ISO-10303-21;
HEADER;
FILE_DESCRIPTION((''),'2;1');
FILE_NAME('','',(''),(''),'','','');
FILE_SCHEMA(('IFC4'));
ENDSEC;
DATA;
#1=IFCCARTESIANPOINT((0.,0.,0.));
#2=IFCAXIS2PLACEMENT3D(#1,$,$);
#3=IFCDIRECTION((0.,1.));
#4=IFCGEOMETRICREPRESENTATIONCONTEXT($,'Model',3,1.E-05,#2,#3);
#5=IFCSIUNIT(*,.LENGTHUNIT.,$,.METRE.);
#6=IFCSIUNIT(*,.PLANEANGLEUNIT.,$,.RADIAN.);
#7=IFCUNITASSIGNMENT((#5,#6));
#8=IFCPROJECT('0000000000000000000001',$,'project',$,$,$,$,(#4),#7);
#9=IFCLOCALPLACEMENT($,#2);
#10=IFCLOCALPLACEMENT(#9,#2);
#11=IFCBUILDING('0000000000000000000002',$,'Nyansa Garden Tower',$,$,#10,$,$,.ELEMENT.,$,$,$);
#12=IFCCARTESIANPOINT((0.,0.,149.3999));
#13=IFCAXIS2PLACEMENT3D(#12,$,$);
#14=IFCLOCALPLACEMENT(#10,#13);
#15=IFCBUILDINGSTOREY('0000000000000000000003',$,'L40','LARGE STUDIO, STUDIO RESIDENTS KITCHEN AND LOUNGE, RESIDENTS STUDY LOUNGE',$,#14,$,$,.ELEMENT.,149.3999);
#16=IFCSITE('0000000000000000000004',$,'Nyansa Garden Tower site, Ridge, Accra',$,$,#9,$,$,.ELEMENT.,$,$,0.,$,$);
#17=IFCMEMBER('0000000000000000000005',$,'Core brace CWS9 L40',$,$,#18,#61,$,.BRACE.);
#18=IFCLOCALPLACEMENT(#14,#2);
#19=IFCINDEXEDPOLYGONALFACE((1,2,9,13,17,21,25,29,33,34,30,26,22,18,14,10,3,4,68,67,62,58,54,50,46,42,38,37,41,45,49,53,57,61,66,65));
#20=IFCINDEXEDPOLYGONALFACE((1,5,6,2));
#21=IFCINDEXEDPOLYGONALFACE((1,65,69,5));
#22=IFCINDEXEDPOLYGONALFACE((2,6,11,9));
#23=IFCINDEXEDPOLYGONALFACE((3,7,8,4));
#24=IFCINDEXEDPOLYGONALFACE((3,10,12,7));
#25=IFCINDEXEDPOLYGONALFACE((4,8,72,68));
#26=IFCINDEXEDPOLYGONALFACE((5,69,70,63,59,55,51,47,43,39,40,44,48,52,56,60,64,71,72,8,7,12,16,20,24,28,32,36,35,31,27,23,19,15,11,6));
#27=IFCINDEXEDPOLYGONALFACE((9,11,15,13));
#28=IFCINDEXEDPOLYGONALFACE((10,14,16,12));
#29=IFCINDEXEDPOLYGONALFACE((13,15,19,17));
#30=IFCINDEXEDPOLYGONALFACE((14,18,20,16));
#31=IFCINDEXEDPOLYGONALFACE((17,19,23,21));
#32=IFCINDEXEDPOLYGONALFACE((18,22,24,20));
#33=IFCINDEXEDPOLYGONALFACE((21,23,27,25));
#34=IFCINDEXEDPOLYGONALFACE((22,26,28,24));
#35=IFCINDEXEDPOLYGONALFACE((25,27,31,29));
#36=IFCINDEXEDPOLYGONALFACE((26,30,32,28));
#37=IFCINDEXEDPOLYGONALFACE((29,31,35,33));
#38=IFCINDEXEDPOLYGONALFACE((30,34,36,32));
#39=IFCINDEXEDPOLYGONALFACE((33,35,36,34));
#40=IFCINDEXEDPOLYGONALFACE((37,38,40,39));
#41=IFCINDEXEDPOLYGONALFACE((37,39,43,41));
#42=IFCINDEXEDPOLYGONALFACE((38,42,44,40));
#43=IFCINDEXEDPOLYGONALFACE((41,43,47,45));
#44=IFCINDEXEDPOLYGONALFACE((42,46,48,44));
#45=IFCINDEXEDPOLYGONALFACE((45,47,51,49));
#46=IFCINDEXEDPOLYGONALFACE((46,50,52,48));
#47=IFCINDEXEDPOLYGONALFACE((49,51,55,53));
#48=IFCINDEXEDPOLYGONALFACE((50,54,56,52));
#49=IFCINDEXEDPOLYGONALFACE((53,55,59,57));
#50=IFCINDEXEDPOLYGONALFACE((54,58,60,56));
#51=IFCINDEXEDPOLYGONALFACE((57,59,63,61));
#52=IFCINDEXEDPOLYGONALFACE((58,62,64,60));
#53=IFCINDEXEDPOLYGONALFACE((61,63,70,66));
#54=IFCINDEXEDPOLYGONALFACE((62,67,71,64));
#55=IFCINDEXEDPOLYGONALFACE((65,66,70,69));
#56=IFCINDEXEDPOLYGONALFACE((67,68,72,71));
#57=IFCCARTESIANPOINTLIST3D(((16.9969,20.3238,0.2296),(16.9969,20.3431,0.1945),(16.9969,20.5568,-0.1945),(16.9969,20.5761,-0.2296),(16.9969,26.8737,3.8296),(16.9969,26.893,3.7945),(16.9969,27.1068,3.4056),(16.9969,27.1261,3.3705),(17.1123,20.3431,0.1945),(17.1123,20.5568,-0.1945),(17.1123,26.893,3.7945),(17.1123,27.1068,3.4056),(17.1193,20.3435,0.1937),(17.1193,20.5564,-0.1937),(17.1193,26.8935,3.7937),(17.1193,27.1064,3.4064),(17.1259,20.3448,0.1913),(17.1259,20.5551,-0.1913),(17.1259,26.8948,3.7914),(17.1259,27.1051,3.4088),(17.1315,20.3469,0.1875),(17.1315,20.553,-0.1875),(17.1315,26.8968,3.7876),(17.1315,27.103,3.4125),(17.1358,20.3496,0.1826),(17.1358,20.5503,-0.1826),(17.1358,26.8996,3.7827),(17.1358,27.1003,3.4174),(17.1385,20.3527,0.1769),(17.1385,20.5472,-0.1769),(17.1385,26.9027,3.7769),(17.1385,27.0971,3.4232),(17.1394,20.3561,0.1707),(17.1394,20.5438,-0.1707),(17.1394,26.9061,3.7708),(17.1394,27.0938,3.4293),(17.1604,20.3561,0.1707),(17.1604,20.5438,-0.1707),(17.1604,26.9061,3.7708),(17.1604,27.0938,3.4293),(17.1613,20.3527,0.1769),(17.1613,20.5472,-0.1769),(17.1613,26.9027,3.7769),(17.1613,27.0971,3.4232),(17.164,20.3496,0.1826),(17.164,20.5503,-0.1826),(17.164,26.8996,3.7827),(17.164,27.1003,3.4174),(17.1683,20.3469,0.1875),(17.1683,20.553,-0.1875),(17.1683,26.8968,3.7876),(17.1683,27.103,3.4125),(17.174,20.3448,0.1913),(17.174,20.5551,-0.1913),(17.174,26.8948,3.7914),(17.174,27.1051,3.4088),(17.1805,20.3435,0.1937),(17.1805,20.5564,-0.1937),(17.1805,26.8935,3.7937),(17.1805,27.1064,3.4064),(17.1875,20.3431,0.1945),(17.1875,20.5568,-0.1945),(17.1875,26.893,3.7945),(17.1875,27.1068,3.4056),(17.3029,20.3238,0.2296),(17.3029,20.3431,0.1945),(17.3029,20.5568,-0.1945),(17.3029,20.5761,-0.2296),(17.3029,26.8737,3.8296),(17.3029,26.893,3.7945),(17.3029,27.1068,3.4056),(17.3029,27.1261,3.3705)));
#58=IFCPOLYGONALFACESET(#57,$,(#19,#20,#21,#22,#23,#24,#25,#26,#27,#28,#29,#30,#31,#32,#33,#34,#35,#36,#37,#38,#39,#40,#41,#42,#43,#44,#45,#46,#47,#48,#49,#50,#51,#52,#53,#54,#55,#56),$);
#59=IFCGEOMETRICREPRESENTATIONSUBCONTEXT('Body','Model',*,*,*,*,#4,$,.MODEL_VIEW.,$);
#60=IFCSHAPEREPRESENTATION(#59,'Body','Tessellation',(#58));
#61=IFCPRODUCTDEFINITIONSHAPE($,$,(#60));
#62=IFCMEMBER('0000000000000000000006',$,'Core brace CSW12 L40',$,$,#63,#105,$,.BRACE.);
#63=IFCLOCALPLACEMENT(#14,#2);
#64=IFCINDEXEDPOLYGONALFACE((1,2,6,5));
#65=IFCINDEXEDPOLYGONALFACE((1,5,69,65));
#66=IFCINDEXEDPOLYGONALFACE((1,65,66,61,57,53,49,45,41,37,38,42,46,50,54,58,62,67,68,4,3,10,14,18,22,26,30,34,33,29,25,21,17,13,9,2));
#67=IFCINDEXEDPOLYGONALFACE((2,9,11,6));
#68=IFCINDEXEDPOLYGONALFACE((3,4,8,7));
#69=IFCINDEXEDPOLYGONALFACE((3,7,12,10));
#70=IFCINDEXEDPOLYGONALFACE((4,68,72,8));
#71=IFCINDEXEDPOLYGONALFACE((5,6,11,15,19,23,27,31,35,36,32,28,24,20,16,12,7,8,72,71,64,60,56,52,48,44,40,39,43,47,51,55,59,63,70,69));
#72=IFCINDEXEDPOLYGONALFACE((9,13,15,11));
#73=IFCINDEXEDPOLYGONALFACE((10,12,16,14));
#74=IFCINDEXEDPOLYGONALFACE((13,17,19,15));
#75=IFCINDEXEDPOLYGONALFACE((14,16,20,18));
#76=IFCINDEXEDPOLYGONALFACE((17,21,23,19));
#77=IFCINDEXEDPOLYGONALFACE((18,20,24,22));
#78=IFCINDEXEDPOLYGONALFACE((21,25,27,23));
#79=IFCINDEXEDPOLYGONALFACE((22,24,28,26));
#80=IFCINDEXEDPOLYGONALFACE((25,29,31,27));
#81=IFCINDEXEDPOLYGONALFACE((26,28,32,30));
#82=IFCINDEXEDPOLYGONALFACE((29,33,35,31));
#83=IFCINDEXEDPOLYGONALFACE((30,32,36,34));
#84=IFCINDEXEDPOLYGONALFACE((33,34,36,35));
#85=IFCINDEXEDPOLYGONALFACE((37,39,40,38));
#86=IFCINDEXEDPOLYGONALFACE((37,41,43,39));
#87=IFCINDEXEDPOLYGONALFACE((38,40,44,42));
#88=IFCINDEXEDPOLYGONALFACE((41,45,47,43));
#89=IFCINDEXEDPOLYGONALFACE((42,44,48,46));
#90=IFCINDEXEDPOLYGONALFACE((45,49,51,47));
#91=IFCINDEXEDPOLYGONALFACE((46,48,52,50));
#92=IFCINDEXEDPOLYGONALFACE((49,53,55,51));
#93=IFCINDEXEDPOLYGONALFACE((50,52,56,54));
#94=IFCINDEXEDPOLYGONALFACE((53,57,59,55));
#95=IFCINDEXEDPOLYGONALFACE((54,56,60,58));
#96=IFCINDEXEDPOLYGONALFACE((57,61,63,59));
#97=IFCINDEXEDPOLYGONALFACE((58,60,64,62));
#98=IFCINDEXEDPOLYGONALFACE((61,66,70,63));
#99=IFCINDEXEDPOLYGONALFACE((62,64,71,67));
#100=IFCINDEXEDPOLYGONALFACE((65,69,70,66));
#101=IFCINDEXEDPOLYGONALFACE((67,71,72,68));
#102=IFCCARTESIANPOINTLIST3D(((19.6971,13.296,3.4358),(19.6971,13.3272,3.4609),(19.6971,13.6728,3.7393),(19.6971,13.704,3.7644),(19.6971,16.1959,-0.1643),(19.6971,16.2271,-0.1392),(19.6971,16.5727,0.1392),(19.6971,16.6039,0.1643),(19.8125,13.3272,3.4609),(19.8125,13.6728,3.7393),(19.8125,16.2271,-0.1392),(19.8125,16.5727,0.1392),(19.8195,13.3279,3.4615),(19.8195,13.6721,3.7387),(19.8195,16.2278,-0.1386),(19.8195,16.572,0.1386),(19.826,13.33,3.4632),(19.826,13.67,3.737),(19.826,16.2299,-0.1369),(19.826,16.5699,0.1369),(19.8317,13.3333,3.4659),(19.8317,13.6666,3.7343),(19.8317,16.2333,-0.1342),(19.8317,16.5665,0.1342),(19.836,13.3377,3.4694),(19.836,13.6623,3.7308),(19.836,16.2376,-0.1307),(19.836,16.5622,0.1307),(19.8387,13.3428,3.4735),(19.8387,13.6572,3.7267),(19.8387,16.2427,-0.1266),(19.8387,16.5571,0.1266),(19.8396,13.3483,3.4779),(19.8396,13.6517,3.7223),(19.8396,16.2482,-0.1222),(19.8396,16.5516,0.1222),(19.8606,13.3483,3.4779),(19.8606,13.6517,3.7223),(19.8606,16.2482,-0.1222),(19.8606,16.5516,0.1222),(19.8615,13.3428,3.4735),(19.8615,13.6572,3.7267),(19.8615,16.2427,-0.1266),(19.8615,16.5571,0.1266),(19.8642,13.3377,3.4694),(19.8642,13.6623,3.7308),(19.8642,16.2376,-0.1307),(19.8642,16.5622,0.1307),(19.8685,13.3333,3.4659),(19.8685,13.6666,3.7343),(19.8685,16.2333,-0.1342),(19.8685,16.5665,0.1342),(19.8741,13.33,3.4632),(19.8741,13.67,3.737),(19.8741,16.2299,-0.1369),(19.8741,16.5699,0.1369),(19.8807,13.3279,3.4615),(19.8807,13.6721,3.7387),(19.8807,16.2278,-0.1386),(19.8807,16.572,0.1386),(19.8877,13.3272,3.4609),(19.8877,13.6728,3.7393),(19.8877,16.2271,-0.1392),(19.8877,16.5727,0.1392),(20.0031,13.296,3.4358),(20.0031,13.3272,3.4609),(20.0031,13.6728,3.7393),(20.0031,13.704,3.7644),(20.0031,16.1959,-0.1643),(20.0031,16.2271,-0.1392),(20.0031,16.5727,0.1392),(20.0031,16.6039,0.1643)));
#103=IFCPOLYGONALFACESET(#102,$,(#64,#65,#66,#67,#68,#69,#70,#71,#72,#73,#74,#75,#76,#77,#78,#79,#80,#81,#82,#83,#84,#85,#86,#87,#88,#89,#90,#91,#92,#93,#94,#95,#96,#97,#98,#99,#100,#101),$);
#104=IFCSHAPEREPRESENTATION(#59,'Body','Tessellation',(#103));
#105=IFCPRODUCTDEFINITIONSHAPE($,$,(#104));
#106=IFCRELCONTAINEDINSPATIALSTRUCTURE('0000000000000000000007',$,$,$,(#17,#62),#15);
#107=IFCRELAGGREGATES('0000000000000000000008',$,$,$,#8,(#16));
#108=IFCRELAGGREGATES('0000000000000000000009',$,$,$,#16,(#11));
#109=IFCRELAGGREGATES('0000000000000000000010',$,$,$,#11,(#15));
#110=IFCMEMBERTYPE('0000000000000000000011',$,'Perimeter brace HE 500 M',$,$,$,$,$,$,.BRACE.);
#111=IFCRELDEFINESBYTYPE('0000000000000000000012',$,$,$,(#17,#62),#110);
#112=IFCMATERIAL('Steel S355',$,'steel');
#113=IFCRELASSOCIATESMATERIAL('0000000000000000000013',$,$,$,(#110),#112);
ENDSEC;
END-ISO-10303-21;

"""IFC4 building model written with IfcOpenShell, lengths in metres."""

from ifc_helpers import new_model, si_unit, direction, frame, origin, origin_2d, place, context, subcontext, project, spatial, i_section, extrude, material, material_profile, profile_set, type_object, element, save


model = new_model("IFC4")

# Units and contexts
model_context = context("Model", 3, precision=1e-05, world=origin(), true_north=direction((0.0, 1.0)))
body_context = subcontext(model_context, "Body", "Model", "MODEL_VIEW")
ifc_project = project(units=[si_unit("LENGTHUNIT", "METRE"), si_unit("PLANEANGLEUNIT", "RADIAN")], contexts=[model_context])

# Site, building, storey
site_placement = place(None, origin())
site = spatial("IfcSite", under=ifc_project, at=site_placement, Name="Nyansa Garden Tower site, Ridge, Accra", CompositionType="ELEMENT", RefElevation=0.0)
building_placement = place(site_placement, origin())
building = spatial("IfcBuilding", under=site, at=building_placement, Name="Nyansa Garden Tower", CompositionType="ELEMENT")
storey_placement = place(building_placement, frame((0.0, 0.0, 149.3999)))
storey = spatial("IfcBuildingStorey", under=building, at=storey_placement, Name="L40", Description="LARGE STUDIO, STUDIO RESIDENTS KITCHEN AND LOUNGE, RESIDENTS STUDY LOUNGE", CompositionType="ELEMENT", Elevation=149.3999)

# Members
ifc_material_1 = material(Name="Steel S355", Category="steel")
ifc_material_profile = material_profile(ifc_material_1, i_section(OverallWidth=0.3059, OverallDepth=0.5239, WebThickness=0.021, FlangeThickness=0.04, FilletRadius=0.0271, at=origin_2d()), Name="HE 500 M")
ifc_profile_set = profile_set([ifc_material_profile], Name="Steel S355")
member_type = type_object("IfcMemberType", Name="Perimeter brace HE 500 M", PredefinedType="BRACE", material=ifc_profile_set)
member_1_placement = place(storey_placement, frame((17.1499, 20.45, 0.0), z_axis=(0.0, 0.876353, 0.481669), x_axis=(-1.0, 0.0, 0.0)))
element("IfcMember", 1, at=member_1_placement, inside=storey, type_object=member_type, Name="Core brace CWS9 L40", PredefinedType="BRACE", context=body_context, shape_type="SweptSolid", body=[
    extrude(i_section(OverallWidth=0.3059, OverallDepth=0.5239, WebThickness=0.021, FlangeThickness=0.04, FilletRadius=0.0271, at=origin_2d()), origin(), (0.0, 0.0, 1.0), 7.4741),
])
member_2_placement = place(storey_placement, frame((19.8501, 16.3999, 0.0), z_axis=(0.0, -0.627306, 0.778773), x_axis=(1.0, 0.0, 0.0)))
element("IfcMember", 2, at=member_2_placement, inside=storey, type_object=member_type, Name="Core brace CSW12 L40", PredefinedType="BRACE", context=body_context, shape_type="SweptSolid", body=[
    extrude(i_section(OverallWidth=0.3059, OverallDepth=0.5239, WebThickness=0.021, FlangeThickness=0.04, FilletRadius=0.0271, at=origin_2d()), origin(), (0.0, 0.0, 1.0), 4.6228),
])

save(model, "model.ifc")
